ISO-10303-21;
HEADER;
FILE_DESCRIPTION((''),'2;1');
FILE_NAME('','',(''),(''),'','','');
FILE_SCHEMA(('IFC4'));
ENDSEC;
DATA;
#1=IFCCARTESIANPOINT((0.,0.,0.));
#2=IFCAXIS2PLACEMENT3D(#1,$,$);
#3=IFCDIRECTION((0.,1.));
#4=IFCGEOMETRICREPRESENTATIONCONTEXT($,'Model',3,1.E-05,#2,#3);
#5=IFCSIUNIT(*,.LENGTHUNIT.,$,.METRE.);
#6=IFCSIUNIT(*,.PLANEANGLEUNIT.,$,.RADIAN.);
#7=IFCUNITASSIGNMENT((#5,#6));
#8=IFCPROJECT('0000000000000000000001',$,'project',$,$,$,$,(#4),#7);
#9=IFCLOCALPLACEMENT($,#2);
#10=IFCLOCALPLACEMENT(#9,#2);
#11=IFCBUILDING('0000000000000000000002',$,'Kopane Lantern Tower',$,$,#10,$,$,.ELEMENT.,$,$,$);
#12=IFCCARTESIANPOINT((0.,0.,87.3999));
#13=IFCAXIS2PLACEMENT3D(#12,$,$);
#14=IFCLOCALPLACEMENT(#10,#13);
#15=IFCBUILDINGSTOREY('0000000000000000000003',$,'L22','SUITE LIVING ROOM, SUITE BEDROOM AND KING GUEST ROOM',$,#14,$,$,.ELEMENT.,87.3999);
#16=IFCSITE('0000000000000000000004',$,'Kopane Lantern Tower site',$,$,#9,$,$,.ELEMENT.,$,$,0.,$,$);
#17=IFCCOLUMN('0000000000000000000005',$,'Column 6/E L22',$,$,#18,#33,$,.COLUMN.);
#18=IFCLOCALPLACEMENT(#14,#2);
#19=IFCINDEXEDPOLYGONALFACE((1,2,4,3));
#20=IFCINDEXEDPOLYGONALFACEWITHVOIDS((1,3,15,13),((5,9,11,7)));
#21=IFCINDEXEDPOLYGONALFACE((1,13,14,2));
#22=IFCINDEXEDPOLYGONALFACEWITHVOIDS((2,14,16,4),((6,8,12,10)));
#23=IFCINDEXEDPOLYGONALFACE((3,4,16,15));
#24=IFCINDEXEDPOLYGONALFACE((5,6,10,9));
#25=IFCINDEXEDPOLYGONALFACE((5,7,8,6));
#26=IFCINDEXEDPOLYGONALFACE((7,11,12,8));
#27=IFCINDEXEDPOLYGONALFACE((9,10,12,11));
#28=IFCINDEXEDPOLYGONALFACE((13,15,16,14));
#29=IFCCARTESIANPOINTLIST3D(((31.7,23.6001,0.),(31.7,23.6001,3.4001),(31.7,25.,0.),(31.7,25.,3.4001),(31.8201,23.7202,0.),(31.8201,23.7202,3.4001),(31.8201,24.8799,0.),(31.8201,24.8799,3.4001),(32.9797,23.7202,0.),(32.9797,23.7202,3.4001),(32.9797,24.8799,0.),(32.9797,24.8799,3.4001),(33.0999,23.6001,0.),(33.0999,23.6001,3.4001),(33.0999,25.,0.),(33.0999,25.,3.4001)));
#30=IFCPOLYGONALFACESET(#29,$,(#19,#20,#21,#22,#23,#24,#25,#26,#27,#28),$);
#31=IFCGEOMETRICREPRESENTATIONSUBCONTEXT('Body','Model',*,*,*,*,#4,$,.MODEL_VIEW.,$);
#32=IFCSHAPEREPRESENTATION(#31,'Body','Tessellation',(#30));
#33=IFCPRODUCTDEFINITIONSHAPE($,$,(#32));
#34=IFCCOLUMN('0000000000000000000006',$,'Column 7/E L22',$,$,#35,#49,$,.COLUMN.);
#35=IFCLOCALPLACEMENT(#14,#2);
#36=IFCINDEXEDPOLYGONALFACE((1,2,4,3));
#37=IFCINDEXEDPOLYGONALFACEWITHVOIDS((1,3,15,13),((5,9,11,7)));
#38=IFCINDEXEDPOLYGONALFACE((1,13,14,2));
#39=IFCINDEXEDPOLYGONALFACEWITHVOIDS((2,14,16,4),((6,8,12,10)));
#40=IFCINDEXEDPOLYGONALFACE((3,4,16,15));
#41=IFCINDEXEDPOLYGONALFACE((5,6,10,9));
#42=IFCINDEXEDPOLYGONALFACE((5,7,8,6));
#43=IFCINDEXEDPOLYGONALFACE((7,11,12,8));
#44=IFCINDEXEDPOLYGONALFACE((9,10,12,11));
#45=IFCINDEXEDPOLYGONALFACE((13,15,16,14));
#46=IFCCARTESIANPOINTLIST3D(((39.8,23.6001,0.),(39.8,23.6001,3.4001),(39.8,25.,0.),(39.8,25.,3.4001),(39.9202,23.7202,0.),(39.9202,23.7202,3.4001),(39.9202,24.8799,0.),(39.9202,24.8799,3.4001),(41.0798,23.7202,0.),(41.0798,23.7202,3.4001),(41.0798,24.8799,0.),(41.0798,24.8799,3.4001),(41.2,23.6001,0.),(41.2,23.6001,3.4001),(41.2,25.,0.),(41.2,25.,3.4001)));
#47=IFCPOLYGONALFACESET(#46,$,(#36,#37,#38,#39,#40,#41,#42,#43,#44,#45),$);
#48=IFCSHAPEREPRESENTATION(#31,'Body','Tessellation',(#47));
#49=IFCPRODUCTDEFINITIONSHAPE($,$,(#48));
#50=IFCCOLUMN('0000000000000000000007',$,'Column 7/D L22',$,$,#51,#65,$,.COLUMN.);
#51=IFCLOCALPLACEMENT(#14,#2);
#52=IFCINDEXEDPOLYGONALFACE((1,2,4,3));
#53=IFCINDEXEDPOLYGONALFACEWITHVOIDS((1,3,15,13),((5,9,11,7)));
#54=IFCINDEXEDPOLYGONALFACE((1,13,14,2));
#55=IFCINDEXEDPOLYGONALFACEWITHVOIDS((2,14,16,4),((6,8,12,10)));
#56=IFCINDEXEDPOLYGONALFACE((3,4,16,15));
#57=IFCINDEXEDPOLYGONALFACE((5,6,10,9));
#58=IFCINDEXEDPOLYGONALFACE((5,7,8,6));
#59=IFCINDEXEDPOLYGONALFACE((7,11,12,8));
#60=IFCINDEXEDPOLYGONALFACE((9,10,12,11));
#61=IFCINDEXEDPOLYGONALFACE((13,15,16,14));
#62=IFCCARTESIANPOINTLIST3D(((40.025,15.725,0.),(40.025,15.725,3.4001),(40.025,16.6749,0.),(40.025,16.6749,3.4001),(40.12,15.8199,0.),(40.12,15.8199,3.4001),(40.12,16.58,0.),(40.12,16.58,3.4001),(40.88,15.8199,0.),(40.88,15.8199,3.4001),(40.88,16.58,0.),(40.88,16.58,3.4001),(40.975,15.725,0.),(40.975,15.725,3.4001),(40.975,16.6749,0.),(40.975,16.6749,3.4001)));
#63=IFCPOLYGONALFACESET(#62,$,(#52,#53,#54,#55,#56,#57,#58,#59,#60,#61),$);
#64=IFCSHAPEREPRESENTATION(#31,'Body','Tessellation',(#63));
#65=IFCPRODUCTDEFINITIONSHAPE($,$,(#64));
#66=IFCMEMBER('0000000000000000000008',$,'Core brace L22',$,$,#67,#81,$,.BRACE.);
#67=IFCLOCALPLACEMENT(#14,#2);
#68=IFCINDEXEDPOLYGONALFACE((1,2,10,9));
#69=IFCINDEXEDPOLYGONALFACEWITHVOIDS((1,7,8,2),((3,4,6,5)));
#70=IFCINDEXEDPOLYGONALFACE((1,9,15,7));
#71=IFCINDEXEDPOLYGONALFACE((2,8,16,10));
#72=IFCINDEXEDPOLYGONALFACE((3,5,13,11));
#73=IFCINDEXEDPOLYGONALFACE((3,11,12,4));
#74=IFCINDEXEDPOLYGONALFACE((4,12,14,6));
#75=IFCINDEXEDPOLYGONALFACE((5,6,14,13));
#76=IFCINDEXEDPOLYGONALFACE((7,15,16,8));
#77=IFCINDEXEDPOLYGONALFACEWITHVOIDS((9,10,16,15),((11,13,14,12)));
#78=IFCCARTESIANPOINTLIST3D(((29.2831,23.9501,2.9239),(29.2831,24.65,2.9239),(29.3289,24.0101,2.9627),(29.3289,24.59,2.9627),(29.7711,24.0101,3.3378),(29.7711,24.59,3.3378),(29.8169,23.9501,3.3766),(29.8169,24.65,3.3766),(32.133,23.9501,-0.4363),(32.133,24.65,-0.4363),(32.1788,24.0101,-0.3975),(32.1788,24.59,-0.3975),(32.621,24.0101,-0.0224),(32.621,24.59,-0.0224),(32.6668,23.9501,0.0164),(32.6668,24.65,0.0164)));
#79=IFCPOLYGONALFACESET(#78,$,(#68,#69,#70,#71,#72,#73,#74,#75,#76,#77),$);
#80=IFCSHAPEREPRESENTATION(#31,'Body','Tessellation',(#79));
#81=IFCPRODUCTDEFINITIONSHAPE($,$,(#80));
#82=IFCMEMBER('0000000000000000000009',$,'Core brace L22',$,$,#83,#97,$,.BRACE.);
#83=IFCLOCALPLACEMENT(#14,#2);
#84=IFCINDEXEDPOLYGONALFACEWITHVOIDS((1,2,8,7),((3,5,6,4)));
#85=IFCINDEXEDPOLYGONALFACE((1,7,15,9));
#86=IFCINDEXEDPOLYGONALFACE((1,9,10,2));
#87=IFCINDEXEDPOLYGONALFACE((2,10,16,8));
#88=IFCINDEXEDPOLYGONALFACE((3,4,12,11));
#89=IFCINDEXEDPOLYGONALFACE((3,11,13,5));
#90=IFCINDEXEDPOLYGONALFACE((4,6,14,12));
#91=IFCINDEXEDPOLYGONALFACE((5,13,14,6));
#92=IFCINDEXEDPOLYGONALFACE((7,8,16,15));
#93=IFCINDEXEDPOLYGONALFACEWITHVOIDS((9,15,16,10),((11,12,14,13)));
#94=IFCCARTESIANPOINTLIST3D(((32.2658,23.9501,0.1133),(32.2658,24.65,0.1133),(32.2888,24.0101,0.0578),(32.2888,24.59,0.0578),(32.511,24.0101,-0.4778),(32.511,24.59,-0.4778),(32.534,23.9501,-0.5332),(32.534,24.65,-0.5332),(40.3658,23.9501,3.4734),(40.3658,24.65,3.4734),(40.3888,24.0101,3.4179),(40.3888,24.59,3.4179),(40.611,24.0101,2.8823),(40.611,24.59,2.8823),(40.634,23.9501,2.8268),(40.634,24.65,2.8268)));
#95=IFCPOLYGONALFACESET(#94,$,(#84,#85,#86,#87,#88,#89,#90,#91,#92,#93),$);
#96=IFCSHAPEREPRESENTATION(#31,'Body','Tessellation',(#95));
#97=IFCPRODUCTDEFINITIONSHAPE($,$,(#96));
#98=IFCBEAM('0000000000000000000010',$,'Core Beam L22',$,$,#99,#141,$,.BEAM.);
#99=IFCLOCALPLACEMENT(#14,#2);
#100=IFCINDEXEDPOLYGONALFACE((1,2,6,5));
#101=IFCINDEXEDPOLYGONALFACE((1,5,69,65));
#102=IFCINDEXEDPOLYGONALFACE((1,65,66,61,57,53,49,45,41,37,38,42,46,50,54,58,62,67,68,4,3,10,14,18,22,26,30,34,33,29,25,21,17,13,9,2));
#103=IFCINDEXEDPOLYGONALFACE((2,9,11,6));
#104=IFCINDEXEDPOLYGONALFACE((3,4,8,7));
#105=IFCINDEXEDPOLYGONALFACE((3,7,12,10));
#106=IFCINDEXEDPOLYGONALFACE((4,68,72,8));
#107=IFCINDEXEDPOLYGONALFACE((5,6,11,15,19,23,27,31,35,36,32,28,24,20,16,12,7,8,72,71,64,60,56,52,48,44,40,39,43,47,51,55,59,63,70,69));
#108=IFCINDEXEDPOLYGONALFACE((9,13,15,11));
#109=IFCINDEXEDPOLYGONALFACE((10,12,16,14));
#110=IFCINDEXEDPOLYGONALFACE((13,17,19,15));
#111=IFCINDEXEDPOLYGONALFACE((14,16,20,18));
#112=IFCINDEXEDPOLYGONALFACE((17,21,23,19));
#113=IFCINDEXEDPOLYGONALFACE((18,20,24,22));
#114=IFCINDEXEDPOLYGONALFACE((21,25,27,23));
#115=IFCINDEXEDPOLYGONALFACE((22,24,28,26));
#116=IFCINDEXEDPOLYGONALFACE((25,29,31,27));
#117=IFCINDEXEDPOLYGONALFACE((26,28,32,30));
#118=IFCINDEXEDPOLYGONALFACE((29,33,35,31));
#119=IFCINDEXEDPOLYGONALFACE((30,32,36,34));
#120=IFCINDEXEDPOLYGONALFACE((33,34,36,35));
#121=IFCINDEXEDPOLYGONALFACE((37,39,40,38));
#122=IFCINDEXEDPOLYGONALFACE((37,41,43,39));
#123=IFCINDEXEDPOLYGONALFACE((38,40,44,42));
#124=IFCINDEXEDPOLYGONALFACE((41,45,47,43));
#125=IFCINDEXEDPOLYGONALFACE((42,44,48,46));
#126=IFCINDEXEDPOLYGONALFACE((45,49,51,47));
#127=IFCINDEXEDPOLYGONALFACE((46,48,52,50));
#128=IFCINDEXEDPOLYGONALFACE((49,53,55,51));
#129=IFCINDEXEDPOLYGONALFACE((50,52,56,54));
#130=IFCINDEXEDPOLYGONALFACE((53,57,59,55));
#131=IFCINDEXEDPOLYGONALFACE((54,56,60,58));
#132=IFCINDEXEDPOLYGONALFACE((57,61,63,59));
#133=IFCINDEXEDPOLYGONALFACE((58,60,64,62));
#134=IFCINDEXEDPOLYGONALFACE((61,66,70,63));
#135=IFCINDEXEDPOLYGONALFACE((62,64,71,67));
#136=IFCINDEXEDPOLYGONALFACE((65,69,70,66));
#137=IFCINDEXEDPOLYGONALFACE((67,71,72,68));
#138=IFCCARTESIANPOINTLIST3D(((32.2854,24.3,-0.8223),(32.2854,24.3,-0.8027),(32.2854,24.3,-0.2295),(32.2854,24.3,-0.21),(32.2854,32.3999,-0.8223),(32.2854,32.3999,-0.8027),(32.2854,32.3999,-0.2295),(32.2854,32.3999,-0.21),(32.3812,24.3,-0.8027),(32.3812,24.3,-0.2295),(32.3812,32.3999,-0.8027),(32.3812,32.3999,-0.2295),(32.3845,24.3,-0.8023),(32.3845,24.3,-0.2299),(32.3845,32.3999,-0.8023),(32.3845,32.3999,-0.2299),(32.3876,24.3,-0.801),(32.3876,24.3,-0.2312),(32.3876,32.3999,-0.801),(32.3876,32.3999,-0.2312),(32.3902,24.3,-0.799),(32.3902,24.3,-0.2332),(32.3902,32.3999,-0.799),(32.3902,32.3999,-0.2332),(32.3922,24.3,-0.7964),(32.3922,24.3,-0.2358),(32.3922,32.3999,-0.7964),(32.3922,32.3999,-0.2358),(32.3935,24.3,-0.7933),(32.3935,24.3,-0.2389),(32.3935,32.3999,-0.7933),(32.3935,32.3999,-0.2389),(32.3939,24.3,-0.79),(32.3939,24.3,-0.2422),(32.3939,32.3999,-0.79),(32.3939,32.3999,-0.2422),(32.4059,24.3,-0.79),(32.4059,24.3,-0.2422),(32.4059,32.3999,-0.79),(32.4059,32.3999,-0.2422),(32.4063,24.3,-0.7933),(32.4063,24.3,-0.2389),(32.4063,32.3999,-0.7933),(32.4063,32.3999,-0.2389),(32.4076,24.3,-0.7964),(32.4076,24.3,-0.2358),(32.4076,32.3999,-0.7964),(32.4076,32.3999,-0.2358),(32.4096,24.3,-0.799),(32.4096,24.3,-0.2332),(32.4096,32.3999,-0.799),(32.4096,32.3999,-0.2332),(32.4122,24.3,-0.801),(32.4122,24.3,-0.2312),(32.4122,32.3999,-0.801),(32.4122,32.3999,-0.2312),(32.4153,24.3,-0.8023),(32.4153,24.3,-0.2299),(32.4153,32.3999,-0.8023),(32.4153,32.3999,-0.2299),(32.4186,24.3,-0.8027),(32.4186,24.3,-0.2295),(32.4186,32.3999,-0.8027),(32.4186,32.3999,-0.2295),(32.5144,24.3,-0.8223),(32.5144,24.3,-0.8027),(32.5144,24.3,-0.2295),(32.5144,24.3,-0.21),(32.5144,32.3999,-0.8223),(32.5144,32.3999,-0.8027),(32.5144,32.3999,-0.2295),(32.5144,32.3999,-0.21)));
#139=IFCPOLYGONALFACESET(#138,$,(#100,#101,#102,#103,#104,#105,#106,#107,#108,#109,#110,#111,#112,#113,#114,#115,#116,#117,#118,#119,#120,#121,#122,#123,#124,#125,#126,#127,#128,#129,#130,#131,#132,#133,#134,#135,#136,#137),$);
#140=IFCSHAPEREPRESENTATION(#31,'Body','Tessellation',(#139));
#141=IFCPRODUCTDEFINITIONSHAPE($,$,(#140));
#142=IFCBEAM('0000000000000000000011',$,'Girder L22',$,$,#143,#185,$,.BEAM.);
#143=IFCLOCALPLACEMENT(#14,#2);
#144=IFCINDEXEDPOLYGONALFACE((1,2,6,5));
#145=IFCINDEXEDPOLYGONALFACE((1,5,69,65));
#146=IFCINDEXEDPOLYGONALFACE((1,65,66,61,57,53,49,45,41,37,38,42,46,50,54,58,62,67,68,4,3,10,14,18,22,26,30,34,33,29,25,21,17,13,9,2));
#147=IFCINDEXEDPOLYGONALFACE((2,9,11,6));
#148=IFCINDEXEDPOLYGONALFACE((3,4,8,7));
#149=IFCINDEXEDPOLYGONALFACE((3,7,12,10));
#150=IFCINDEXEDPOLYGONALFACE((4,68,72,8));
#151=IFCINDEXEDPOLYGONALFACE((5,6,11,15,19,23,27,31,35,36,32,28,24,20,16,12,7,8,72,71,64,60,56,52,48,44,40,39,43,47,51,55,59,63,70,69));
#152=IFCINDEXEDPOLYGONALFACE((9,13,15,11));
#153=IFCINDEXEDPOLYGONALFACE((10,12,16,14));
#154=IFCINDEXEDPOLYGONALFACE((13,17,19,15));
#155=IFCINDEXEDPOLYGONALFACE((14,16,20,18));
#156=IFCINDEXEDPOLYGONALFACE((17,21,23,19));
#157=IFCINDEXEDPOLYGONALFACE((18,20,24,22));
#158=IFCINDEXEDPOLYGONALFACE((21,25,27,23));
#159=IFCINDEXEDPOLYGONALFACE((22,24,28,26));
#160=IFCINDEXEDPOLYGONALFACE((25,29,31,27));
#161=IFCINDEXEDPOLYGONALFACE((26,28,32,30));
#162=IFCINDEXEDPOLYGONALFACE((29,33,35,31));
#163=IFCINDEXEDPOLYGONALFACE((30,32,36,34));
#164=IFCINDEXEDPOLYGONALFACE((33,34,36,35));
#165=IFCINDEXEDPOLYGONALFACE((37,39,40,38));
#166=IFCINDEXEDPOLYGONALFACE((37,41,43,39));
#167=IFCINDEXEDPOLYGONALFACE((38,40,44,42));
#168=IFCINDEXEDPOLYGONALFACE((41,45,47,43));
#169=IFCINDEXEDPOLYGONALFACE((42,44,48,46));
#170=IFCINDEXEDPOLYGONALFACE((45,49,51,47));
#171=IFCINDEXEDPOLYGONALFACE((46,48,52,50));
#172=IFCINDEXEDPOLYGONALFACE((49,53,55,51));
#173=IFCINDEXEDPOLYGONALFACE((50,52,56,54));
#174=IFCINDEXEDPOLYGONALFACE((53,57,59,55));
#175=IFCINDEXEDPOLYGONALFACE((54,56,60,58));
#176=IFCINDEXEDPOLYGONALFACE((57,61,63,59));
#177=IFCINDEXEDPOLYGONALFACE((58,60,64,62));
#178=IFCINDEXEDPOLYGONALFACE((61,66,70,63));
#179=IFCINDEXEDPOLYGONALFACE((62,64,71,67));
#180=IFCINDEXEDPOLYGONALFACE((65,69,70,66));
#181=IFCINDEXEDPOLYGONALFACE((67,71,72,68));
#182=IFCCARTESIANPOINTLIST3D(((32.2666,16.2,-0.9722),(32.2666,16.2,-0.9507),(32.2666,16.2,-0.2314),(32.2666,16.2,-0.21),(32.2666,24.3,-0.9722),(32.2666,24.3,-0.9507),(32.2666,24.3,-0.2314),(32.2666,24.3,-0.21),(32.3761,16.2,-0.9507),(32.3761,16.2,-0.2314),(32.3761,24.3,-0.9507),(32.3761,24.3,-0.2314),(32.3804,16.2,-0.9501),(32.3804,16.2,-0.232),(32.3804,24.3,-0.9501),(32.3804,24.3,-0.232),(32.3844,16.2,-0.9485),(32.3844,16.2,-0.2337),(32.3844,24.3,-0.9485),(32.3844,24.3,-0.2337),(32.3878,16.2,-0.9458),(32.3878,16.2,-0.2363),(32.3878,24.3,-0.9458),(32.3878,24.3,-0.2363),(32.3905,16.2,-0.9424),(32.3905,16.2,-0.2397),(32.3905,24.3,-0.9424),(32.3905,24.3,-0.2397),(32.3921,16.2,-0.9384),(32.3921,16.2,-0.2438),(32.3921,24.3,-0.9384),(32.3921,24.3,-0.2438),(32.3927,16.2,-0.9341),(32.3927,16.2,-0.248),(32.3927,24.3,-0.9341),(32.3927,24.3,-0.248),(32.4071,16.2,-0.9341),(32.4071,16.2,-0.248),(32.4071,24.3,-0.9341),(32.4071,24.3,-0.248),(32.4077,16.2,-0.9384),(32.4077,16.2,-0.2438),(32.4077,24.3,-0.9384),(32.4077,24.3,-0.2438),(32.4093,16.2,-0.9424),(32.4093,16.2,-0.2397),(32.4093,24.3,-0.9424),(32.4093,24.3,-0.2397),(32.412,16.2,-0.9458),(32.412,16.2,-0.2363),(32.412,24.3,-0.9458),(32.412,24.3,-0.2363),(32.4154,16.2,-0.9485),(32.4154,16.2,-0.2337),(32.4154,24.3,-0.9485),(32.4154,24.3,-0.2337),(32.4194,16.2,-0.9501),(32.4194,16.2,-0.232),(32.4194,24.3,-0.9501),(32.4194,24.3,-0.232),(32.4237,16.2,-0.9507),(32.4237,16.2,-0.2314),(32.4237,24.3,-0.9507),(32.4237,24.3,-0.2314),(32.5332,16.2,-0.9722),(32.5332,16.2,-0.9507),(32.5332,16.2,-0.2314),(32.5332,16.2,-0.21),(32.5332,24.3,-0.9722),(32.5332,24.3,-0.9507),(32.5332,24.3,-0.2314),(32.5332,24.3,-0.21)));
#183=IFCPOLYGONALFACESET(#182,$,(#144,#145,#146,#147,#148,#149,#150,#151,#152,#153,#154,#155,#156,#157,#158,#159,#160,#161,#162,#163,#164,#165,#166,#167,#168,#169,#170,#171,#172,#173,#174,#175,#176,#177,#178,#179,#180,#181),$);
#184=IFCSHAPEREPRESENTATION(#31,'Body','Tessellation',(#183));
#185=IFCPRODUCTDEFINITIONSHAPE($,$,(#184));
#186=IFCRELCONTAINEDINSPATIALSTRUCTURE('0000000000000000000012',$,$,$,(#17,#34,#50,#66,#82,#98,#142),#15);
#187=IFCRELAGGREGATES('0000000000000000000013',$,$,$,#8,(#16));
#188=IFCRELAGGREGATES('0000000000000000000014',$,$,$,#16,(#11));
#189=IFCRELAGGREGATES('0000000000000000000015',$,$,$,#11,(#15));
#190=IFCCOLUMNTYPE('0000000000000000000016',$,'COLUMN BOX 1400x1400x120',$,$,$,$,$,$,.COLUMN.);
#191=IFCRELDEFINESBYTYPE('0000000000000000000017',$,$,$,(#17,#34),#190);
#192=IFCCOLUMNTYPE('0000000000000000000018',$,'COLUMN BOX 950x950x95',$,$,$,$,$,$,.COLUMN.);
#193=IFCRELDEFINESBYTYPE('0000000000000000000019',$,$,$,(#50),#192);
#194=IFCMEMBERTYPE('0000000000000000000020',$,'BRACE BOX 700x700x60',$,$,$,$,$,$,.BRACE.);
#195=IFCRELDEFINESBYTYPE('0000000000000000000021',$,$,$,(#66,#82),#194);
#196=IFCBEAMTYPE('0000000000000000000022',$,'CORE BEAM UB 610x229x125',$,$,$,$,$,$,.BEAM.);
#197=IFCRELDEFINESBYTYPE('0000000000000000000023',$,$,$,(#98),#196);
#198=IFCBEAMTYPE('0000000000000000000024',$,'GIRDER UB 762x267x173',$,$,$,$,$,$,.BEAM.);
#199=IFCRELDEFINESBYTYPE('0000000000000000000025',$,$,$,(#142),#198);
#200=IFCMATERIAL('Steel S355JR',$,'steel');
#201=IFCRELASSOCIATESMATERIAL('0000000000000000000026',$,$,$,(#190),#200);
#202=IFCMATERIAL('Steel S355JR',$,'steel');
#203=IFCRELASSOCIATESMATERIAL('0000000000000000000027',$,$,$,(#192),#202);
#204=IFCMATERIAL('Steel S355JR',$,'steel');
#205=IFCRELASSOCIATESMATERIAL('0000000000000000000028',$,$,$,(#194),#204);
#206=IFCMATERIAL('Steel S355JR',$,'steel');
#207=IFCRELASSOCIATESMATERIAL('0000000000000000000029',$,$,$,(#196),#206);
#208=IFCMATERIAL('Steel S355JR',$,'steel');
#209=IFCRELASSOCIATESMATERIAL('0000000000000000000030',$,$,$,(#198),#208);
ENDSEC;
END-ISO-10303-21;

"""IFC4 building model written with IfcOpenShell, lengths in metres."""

from ifc_helpers import new_model, si_unit, direction, frame, origin, origin_2d, place, context, subcontext, project, spatial, hollow_rectangle, i_section, extrude, material, material_profile, profile_set, type_object, element, save


model = new_model("IFC4")

# Units and contexts
model_context = context("Model", 3, precision=1e-05, world=origin(), true_north=direction((0.0, 1.0)))
body_context = subcontext(model_context, "Body", "Model", "MODEL_VIEW")
ifc_project = project(units=[si_unit("LENGTHUNIT", "METRE"), si_unit("PLANEANGLEUNIT", "RADIAN")], contexts=[model_context])

# Site, building, storey
site_placement = place(None, origin())
site = spatial("IfcSite", under=ifc_project, at=site_placement, Name="Kopane Lantern Tower site", CompositionType="ELEMENT", RefElevation=0.0)
building_placement = place(site_placement, origin())
building = spatial("IfcBuilding", under=site, at=building_placement, Name="Kopane Lantern Tower", CompositionType="ELEMENT")
storey_placement = place(building_placement, frame((0.0, 0.0, 87.3999)))
storey = spatial("IfcBuildingStorey", under=building, at=storey_placement, Name="L22", Description="SUITE LIVING ROOM, SUITE BEDROOM AND KING GUEST ROOM", CompositionType="ELEMENT", Elevation=87.3999)

# Columns
ifc_material_1 = material(Name="Steel S355JR", Category="steel")
ifc_material_profile_1 = material_profile(ifc_material_1, hollow_rectangle(XDim=1.3999, YDim=1.3999, WallThickness=0.1201, at=origin_2d()), Name="BOX 1400x1400x120")
ifc_profile_set_1 = profile_set([ifc_material_profile_1], Name="Steel S355JR")
column_type_1 = type_object("IfcColumnType", Name="COLUMN BOX 1400x1400x120", PredefinedType="COLUMN", material=ifc_profile_set_1)
for number, where, z_axis, x_axis, name in (
    (1, (32.3999, 24.3, 0.0), (0.0, 0.0, 1.0), (1.0, 0.0, 0.0), "Column 6/E L22"),
    (2, (40.5, 24.3, 0.0), (0.0, 0.0, 1.0), (1.0, 0.0, 0.0), "Column 7/E L22"),
):
    element("IfcColumn", number, at=place(storey_placement, frame(where, z_axis=z_axis, x_axis=x_axis)), inside=storey, type_object=column_type_1, Name=name, PredefinedType="COLUMN", context=body_context, shape_type="SweptSolid", body=[
        extrude(hollow_rectangle(XDim=1.3999, YDim=1.3999, WallThickness=0.1201, at=origin_2d()), origin(), (0.0, 0.0, 1.0), 3.4001),
    ])
ifc_material_2 = material(Name="Steel S355JR", Category="steel")
ifc_material_profile_2 = material_profile(ifc_material_2, hollow_rectangle(XDim=0.95, YDim=0.95, WallThickness=0.095, at=origin_2d()), Name="BOX 950x950x95")
ifc_profile_set_2 = profile_set([ifc_material_profile_2], Name="Steel S355JR")
column_type_2 = type_object("IfcColumnType", Name="COLUMN BOX 950x950x95", PredefinedType="COLUMN", material=ifc_profile_set_2)
column_placement = place(storey_placement, frame((40.5, 16.2, 0.0), z_axis=(0.0, 0.0, 1.0), x_axis=(1.0, 0.0, 0.0)))
element("IfcColumn", 3, at=column_placement, inside=storey, type_object=column_type_2, Name="Column 7/D L22", PredefinedType="COLUMN", context=body_context, shape_type="SweptSolid", body=[
    extrude(hollow_rectangle(XDim=0.95, YDim=0.95, WallThickness=0.095, at=origin_2d()), origin(), (0.0, 0.0, 1.0), 3.4001),
])

# Members
ifc_material_3 = material(Name="Steel S355JR", Category="steel")
ifc_material_profile_3 = material_profile(ifc_material_3, hollow_rectangle(XDim=0.7, YDim=0.7, WallThickness=0.0601, at=origin_2d()), Name="BOX 700x700x60")
ifc_profile_set_3 = profile_set([ifc_material_profile_3], Name="Steel S355JR")
member_type = type_object("IfcMemberType", Name="BRACE BOX 700x700x60", PredefinedType="BRACE", material=ifc_profile_set_3)
member_1_placement = place(storey_placement, frame((32.3999, 24.3, -0.21), z_axis=(-0.646826, 0.0, 0.762638), x_axis=(0.0, -1.0, 0.0)))
element("IfcMember", 4, at=member_1_placement, inside=storey, type_object=member_type, Name="Core brace L22", PredefinedType="BRACE", context=body_context, shape_type="SweptSolid", body=[
    extrude(hollow_rectangle(XDim=0.7, YDim=0.7, WallThickness=0.0601, at=origin_2d()), origin(), (0.0, 0.0, 1.0), 4.406),
])
member_2_placement = place(storey_placement, frame((32.3999, 24.3, -0.21), z_axis=(0.92368, 0.0, 0.383164), x_axis=(0.0, 1.0, 0.0)))
element("IfcMember", 5, at=member_2_placement, inside=storey, type_object=member_type, Name="Core brace L22", PredefinedType="BRACE", context=body_context, shape_type="SweptSolid", body=[
    extrude(hollow_rectangle(XDim=0.7, YDim=0.7, WallThickness=0.0601, at=origin_2d()), origin(), (0.0, 0.0, 1.0), 8.7693),
])

# Beams
ifc_material_4 = material(Name="Steel S355JR", Category="steel")
ifc_material_profile_4 = material_profile(ifc_material_4, i_section(OverallWidth=0.229, OverallDepth=0.6123, WebThickness=0.012, FlangeThickness=0.0195, FilletRadius=0.0127, at=origin_2d()), Name="UB 610x229x125")
ifc_profile_set_4 = profile_set([ifc_material_profile_4], Name="Steel S355JR")
beam_type_1 = type_object("IfcBeamType", Name="CORE BEAM UB 610x229x125", PredefinedType="BEAM", material=ifc_profile_set_4)
beam_1_placement = place(storey_placement, frame((32.3999, 24.3, -0.5161), z_axis=(0.0, 1.0, 0.0), x_axis=(-1.0, 0.0, 0.0)))
element("IfcBeam", 6, at=beam_1_placement, inside=storey, type_object=beam_type_1, Name="Core Beam L22", PredefinedType="BEAM", context=body_context, shape_type="SweptSolid", body=[
    extrude(i_section(OverallWidth=0.229, OverallDepth=0.6123, WebThickness=0.012, FlangeThickness=0.0195, FilletRadius=0.0127, at=origin_2d()), origin(), (0.0, 0.0, 1.0), 8.0999),
])
ifc_material_5 = material(Name="Steel S355JR", Category="steel")
ifc_material_profile_5 = material_profile(ifc_material_5, i_section(OverallWidth=0.2666, OverallDepth=0.7622, WebThickness=0.0144, FlangeThickness=0.0215, FilletRadius=0.0166, at=origin_2d()), Name="UB 762x267x173")
ifc_profile_set_5 = profile_set([ifc_material_profile_5], Name="Steel S355JR")
beam_type_2 = type_object("IfcBeamType", Name="GIRDER UB 762x267x173", PredefinedType="BEAM", material=ifc_profile_set_5)
for number, where, z_axis, x_axis, name in (
    (7, (32.3999, 16.2, -0.5911), (0.0, 1.0, 0.0), (-1.0, 0.0, 0.0), "Girder L22"),
):
    element("IfcBeam", number, at=place(storey_placement, frame(where, z_axis=z_axis, x_axis=x_axis)), inside=storey, type_object=beam_type_2, Name=name, PredefinedType="BEAM", context=body_context, shape_type="SweptSolid", body=[
        extrude(i_section(OverallWidth=0.2666, OverallDepth=0.7622, WebThickness=0.0144, FlangeThickness=0.0215, FilletRadius=0.0166, at=origin_2d()), origin(), (0.0, 0.0, 1.0), 8.1001),
    ])

save(model, "model.ifc")
